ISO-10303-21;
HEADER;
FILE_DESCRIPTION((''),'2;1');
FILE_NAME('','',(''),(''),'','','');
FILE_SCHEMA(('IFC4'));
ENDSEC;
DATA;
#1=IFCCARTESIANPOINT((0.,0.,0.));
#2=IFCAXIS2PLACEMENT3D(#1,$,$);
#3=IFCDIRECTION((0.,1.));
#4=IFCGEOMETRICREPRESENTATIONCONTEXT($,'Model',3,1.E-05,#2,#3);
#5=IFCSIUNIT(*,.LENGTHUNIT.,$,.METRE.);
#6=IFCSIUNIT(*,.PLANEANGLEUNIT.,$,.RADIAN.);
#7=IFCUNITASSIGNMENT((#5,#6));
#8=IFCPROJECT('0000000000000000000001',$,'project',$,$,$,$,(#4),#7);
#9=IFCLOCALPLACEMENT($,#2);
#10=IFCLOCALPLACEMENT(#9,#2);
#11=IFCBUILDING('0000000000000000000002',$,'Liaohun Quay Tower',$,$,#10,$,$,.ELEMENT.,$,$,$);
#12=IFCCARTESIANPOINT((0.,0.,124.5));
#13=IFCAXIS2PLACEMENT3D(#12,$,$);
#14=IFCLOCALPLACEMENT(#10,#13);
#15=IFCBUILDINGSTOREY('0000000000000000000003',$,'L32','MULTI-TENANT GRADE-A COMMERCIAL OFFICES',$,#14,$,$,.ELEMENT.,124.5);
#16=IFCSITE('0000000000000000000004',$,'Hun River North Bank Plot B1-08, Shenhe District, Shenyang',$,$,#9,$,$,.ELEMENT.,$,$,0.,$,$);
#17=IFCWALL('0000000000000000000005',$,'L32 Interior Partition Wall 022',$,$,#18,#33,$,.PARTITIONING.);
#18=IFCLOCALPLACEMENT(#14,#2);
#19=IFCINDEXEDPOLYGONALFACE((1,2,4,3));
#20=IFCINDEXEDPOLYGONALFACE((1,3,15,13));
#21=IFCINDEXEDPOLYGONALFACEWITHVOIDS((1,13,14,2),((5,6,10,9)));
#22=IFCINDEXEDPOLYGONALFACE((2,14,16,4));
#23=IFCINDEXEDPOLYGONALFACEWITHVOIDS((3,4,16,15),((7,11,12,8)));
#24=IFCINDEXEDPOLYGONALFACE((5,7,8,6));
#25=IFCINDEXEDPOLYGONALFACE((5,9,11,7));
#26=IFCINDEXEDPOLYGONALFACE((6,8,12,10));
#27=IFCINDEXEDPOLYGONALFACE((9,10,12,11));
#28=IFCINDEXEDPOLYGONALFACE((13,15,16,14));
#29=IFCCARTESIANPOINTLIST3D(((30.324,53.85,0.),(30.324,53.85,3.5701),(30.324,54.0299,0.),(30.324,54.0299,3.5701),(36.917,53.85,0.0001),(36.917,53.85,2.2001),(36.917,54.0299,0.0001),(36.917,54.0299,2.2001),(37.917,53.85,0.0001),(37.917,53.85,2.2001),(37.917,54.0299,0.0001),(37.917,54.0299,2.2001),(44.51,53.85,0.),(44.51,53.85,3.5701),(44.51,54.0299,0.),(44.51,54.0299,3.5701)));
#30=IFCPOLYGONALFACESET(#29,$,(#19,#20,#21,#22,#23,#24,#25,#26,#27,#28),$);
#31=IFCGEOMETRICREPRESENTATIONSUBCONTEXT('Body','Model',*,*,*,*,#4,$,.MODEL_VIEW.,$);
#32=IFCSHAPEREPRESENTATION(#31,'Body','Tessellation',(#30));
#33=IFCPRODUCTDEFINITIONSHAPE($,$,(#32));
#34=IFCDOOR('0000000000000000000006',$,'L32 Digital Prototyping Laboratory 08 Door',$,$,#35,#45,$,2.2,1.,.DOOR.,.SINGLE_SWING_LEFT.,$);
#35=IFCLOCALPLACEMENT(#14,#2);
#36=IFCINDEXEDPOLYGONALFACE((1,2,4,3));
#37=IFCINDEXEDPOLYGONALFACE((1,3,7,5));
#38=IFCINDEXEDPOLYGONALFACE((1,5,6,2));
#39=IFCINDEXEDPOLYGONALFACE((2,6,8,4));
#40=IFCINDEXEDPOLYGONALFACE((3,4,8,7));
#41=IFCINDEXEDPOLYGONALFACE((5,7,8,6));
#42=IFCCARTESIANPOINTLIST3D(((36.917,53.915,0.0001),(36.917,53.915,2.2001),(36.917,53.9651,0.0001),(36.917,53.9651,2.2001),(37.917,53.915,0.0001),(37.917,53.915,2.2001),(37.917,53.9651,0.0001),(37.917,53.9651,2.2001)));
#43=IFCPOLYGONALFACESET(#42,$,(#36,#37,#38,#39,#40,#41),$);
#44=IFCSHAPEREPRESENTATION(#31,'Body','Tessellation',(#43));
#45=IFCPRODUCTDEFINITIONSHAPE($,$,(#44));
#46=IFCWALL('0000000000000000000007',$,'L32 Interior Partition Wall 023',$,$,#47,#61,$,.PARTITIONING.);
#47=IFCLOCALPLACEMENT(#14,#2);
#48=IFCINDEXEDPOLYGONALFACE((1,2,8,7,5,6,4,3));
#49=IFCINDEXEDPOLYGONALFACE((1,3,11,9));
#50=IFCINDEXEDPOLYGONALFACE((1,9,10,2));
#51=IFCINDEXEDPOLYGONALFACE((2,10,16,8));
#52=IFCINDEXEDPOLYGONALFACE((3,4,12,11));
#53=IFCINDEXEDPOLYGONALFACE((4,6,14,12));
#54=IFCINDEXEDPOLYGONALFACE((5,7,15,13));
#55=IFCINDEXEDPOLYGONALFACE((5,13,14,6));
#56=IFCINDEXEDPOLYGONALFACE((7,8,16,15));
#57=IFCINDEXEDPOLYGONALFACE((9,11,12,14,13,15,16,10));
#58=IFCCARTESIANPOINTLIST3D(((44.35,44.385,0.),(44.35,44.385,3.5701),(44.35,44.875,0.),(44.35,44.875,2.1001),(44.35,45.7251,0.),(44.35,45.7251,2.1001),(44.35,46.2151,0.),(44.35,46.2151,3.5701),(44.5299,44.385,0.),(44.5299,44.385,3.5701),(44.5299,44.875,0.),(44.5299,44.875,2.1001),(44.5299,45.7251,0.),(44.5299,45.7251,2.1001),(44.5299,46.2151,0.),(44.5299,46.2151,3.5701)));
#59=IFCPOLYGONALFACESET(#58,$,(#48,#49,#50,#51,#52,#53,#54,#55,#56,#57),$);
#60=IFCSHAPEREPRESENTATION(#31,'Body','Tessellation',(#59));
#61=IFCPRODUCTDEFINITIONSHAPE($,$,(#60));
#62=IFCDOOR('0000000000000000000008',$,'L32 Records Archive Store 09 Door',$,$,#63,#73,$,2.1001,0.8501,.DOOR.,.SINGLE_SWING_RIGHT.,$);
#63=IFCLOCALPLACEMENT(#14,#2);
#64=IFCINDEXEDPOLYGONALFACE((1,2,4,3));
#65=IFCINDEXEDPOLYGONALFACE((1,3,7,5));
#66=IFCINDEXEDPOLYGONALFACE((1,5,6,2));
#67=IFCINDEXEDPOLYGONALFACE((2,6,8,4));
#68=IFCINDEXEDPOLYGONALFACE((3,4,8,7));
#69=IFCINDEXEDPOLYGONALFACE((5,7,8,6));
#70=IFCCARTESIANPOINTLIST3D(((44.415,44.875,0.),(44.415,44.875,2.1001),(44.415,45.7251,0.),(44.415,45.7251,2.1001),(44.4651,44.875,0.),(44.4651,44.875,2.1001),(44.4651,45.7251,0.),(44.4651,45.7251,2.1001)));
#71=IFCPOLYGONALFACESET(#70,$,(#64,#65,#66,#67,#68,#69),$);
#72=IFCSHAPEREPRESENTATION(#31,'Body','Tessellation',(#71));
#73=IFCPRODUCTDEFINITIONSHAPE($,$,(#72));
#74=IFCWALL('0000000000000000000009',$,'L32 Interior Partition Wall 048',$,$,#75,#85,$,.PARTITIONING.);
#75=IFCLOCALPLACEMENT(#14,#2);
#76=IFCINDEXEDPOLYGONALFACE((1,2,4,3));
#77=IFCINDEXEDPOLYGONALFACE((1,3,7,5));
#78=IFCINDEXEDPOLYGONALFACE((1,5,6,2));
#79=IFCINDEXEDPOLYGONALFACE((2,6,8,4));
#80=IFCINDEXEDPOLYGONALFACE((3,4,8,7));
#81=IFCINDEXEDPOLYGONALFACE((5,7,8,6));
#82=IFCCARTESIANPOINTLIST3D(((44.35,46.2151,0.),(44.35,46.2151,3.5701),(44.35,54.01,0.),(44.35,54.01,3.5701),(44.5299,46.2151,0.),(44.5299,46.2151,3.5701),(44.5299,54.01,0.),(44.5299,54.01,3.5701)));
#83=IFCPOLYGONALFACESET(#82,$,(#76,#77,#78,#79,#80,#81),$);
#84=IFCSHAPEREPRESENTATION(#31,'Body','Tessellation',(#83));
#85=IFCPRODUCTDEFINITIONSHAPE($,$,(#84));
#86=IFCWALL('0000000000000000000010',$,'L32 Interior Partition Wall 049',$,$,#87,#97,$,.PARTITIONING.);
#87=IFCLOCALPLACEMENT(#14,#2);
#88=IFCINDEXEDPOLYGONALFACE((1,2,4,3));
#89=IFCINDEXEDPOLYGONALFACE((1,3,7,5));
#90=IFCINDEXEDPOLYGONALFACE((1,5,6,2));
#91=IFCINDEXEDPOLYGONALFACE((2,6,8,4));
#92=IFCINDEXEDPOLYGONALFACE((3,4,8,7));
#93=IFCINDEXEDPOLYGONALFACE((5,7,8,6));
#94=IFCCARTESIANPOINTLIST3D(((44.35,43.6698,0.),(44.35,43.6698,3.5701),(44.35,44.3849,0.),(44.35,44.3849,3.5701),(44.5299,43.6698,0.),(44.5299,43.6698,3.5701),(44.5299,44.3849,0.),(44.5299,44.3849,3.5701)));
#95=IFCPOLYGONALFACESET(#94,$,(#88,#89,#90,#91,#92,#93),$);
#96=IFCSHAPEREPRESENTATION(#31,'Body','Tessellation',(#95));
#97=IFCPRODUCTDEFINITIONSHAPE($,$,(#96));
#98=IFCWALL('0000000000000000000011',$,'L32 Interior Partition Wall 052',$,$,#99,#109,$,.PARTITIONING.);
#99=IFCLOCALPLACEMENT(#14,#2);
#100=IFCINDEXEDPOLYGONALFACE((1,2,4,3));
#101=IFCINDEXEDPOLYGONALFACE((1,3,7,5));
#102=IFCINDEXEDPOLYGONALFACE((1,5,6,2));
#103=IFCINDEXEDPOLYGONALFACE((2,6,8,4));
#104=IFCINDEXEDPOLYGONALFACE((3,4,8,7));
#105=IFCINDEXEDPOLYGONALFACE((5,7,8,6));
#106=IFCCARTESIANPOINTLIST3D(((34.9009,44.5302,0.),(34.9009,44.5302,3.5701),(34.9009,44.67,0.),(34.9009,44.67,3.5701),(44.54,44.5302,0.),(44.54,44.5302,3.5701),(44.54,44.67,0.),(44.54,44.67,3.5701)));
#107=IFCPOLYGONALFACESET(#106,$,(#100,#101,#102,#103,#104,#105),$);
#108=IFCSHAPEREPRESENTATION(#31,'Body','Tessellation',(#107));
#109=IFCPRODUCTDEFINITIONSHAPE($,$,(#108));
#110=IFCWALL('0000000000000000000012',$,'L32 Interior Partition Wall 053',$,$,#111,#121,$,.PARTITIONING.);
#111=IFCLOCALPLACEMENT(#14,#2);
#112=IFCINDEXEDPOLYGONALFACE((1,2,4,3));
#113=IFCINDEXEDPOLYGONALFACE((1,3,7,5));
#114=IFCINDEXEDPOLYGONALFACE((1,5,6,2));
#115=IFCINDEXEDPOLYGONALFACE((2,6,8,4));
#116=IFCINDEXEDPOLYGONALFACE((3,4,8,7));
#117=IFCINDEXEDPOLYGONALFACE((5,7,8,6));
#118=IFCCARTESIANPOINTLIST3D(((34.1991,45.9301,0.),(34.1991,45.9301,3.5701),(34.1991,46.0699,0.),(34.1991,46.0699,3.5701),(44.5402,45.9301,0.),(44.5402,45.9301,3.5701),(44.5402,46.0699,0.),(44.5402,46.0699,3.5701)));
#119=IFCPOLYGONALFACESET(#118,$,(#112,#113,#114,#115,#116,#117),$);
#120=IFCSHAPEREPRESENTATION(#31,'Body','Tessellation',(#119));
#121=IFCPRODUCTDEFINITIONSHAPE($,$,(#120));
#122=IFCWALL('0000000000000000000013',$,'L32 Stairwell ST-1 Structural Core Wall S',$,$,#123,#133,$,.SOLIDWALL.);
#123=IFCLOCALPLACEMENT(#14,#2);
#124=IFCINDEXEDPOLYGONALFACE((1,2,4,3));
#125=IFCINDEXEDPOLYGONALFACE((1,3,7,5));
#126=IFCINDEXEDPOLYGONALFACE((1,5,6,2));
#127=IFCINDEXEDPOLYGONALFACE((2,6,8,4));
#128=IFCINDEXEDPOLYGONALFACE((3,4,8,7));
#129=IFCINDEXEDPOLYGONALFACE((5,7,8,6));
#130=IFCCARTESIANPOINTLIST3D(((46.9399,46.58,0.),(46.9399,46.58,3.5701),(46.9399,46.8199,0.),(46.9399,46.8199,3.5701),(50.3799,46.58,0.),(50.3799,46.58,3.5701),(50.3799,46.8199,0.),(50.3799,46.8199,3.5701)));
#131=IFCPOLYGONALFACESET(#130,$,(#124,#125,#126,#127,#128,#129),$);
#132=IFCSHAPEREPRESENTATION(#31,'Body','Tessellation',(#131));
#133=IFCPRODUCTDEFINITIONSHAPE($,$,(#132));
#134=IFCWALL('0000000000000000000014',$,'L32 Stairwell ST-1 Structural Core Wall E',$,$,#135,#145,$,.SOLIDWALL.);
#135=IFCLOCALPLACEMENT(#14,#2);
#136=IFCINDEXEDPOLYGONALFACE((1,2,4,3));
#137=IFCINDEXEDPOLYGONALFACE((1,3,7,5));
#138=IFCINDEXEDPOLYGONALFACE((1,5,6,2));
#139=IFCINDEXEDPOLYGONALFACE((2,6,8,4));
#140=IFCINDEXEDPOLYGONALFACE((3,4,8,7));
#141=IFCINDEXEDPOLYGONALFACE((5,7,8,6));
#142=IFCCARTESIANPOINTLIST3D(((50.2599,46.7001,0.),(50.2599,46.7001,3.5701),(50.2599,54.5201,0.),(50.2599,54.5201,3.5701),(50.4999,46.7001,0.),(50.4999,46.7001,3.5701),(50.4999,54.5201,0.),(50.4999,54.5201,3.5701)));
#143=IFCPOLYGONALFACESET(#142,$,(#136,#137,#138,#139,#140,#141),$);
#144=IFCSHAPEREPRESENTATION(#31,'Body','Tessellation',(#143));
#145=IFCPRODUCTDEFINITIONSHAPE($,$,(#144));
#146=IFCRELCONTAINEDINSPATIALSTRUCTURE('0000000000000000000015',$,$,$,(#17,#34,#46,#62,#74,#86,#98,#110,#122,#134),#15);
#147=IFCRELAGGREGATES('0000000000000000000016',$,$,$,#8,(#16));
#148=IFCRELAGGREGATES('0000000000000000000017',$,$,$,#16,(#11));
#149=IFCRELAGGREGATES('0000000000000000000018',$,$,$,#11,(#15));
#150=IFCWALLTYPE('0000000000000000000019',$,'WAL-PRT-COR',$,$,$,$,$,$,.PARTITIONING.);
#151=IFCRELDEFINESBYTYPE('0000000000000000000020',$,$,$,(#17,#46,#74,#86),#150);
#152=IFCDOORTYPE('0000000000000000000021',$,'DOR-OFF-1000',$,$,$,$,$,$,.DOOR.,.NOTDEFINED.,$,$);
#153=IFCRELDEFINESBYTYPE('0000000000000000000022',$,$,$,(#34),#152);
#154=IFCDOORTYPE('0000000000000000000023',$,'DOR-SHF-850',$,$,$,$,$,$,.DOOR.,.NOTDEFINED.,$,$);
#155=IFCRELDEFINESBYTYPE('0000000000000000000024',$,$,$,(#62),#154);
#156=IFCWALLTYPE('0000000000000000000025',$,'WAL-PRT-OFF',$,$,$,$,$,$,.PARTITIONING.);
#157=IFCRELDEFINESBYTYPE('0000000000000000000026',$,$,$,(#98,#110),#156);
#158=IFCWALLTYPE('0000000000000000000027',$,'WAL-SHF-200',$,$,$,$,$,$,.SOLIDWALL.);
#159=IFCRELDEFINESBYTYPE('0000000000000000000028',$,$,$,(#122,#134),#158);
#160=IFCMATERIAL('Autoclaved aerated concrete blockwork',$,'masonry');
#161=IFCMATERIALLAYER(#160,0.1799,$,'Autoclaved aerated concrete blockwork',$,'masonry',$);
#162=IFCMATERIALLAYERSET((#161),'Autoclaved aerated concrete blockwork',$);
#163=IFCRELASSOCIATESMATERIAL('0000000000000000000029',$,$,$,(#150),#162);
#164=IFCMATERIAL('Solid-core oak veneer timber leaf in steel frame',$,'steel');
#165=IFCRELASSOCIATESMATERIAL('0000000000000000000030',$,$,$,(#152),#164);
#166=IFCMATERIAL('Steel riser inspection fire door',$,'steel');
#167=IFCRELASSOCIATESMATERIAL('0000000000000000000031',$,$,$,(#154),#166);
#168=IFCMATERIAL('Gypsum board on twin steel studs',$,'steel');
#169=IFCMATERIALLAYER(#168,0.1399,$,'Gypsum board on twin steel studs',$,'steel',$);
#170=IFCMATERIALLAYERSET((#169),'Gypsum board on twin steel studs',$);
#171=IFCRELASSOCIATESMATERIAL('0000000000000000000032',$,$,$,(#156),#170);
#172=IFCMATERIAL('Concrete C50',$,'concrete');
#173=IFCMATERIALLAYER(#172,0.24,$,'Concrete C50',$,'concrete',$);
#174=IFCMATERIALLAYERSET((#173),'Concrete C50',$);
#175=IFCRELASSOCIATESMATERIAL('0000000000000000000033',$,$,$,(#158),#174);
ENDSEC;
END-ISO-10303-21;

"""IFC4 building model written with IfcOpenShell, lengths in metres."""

from ifc_helpers import new_model, si_unit, direction, frame, frame_2d, origin, place, context, subcontext, project, spatial, rectangle, extrude, source, transform, mapped, material, layer, layer_set, type_object, element, fill, save


model = new_model("IFC4")

# Units and contexts
model_context = context("Model", 3, precision=1e-05, world=origin(), true_north=direction((0.0, 1.0)))
body_context = subcontext(model_context, "Body", "Model", "MODEL_VIEW")
ifc_project = project(units=[si_unit("LENGTHUNIT", "METRE"), si_unit("PLANEANGLEUNIT", "RADIAN")], contexts=[model_context])

# Site, building, storey
site_placement = place(None, origin())
site = spatial("IfcSite", under=ifc_project, at=site_placement, Name="Hun River North Bank Plot B1-08, Shenhe District, Shenyang", CompositionType="ELEMENT", RefElevation=0.0)
building_placement = place(site_placement, origin())
building = spatial("IfcBuilding", under=site, at=building_placement, Name="Liaohun Quay Tower", CompositionType="ELEMENT")
storey_placement = place(building_placement, frame((0.0, 0.0, 124.5)))
storey = spatial("IfcBuildingStorey", under=building, at=storey_placement, Name="L32", Description="MULTI-TENANT GRADE-A COMMERCIAL OFFICES", CompositionType="ELEMENT", Elevation=124.5)

# Walls, openings, doors
ifc_material_1 = material(Name="Autoclaved aerated concrete blockwork", Category="masonry")
ifc_layer_1 = layer(ifc_material_1, 0.1799, Name="Autoclaved aerated concrete blockwork", Category="masonry")
ifc_layer_set_1 = layer_set([ifc_layer_1], Name="Autoclaved aerated concrete blockwork")
wall_type_1 = type_object("IfcWallType", Name="WAL-PRT-COR", PredefinedType="PARTITIONING", material=ifc_layer_set_1)
wall_1_placement = place(storey_placement, frame((44.51, 53.9399, 0.0), z_axis=(0.0, 0.0, 1.0), x_axis=(-1.0, 0.0, 0.0)))
wall_1 = element("IfcWall", 1, at=wall_1_placement, inside=storey, type_object=wall_type_1, Name="L32 Interior Partition Wall 022", PredefinedType="PARTITIONING", context=body_context, shape_type="SweptSolid", body=[
    extrude(rectangle(XDim=14.186, YDim=0.1799, at=frame_2d((7.093, 0.0))), origin(), (0.0, 0.0, 1.0), 3.5701),
])
shared_shape_1 = source(origin(), body_context, "Body", "SweptSolid", [
    extrude(rectangle(XDim=1.0, YDim=2.2, at=frame_2d((0.5, 1.1001))), frame((0.0, 0.0999, 0.0), z_axis=(0.0, -1.0, 0.0), x_axis=(1.0, 0.0, 0.0)), (0.0, 0.0, 1.0), 0.2),
])
opening_1_placement = place(wall_1_placement, frame((6.593, 0.0, 0.0)))
opening_1 = element("IfcOpeningElement", 2, at=opening_1_placement, cuts=wall_1, PredefinedType="OPENING", context=body_context, shape_type="MappedRepresentation", body=[
    mapped(shared_shape_1, transform((0.0, 0.0, 0.0), x_axis=(1.0, 0.0, 0.0), y_axis=(0.0, 1.0, 0.0), z_axis=(0.0, 0.0, 1.0), scale=1.0)),
])
ifc_material_2 = material(Name="Solid-core oak veneer timber leaf in steel frame", Category="steel")
door_type_1 = type_object("IfcDoorType", Name="DOR-OFF-1000", OperationType="NOTDEFINED", PredefinedType="DOOR", material=ifc_material_2)
shared_shape_2 = source(origin(), body_context, "Body", "SweptSolid", [
    extrude(rectangle(XDim=1.0, YDim=2.2, at=frame_2d((0.5, 1.1001))), frame((0.0, 0.0249, 0.0), z_axis=(0.0, -1.0, 0.0), x_axis=(1.0, 0.0, 0.0)), (0.0, 0.0, 1.0), 0.05),
])
door_1_placement = place(opening_1_placement, origin())
door_1 = element("IfcDoor", 3, at=door_1_placement, inside=storey, type_object=door_type_1, Name="L32 Digital Prototyping Laboratory 08 Door", OperationType="SINGLE_SWING_LEFT", OverallHeight=2.2, OverallWidth=1.0, PredefinedType="DOOR", context=body_context, shape_type="MappedRepresentation", body=[
    mapped(shared_shape_2, transform((0.0, 0.0, 0.0), x_axis=(1.0, 0.0, 0.0), y_axis=(0.0, 1.0, 0.0), z_axis=(0.0, 0.0, 1.0), scale=1.0)),
])
fill(opening_1, door_1)
wall_2_placement = place(storey_placement, frame((44.4399, 44.385, 0.0), z_axis=(0.0, 0.0, 1.0), x_axis=(0.0, 1.0, 0.0)))
wall_2 = element("IfcWall", 4, at=wall_2_placement, inside=storey, type_object=wall_type_1, Name="L32 Interior Partition Wall 023", PredefinedType="PARTITIONING", context=body_context, shape_type="SweptSolid", body=[
    extrude(rectangle(XDim=1.8301, YDim=0.1799, at=frame_2d((0.915, 0.0))), origin(), (0.0, 0.0, 1.0), 3.5701),
])
shared_shape_3 = source(origin(), body_context, "Body", "SweptSolid", [
    extrude(rectangle(XDim=0.8501, YDim=2.1001, at=frame_2d((0.425, 1.05))), frame((0.0, 0.0999, 0.0), z_axis=(0.0, -1.0, 0.0), x_axis=(1.0, 0.0, 0.0)), (0.0, 0.0, 1.0), 0.2),
])
opening_2_placement = place(wall_2_placement, frame((0.49, 0.0, 0.0)))
opening_2 = element("IfcOpeningElement", 5, at=opening_2_placement, cuts=wall_2, PredefinedType="OPENING", context=body_context, shape_type="MappedRepresentation", body=[
    mapped(shared_shape_3, transform((0.0, 0.0, 0.0), x_axis=(1.0, 0.0, 0.0), y_axis=(0.0, 1.0, 0.0), z_axis=(0.0, 0.0, 1.0), scale=1.0)),
])
ifc_material_3 = material(Name="Steel riser inspection fire door", Category="steel")
door_type_2 = type_object("IfcDoorType", Name="DOR-SHF-850", OperationType="NOTDEFINED", PredefinedType="DOOR", material=ifc_material_3)
shared_shape_4 = source(origin(), body_context, "Body", "SweptSolid", [
    extrude(rectangle(XDim=0.8501, YDim=2.1001, at=frame_2d((0.425, 1.05))), frame((0.0, 0.0249, 0.0), z_axis=(0.0, -1.0, 0.0), x_axis=(1.0, 0.0, 0.0)), (0.0, 0.0, 1.0), 0.05),
])
door_2_placement = place(opening_2_placement, origin())
door_2 = element("IfcDoor", 6, at=door_2_placement, inside=storey, type_object=door_type_2, Name="L32 Records Archive Store 09 Door", OperationType="SINGLE_SWING_RIGHT", OverallHeight=2.1001, OverallWidth=0.8501, PredefinedType="DOOR", context=body_context, shape_type="MappedRepresentation", body=[
    mapped(shared_shape_4, transform((0.0, 0.0, 0.0), x_axis=(1.0, 0.0, 0.0), y_axis=(0.0, 1.0, 0.0), z_axis=(0.0, 0.0, 1.0), scale=1.0)),
])
fill(opening_2, door_2)

# Walls
wall_3_placement = place(storey_placement, frame((44.4399, 46.2151, 0.0), z_axis=(0.0, 0.0, 1.0), x_axis=(0.0, 1.0, 0.0)))
element("IfcWall", 7, at=wall_3_placement, inside=storey, type_object=wall_type_1, Name="L32 Interior Partition Wall 048", PredefinedType="PARTITIONING", context=body_context, shape_type="SweptSolid", body=[
    extrude(rectangle(XDim=7.7949, YDim=0.1799, at=frame_2d((3.8975, 0.0))), origin(), (0.0, 0.0, 1.0), 3.5701),
])
wall_4_placement = place(storey_placement, frame((44.4399, 43.6699, 0.0), z_axis=(0.0, 0.0, 1.0), x_axis=(0.0, 1.0, 0.0)))
element("IfcWall", 8, at=wall_4_placement, inside=storey, type_object=wall_type_1, Name="L32 Interior Partition Wall 049", PredefinedType="PARTITIONING", context=body_context, shape_type="SweptSolid", body=[
    extrude(rectangle(XDim=0.7151, YDim=0.1799, at=frame_2d((0.3574, 0.0))), origin(), (0.0, 0.0, 1.0), 3.5701),
])
ifc_material_4 = material(Name="Gypsum board on twin steel studs", Category="steel")
ifc_layer_2 = layer(ifc_material_4, 0.1399, Name="Gypsum board on twin steel studs", Category="steel")
ifc_layer_set_2 = layer_set([ifc_layer_2], Name="Gypsum board on twin steel studs")
wall_type_2 = type_object("IfcWallType", Name="WAL-PRT-OFF", PredefinedType="PARTITIONING", material=ifc_layer_set_2)
wall_5_placement = place(storey_placement, frame((44.54, 44.6001, 0.0), z_axis=(0.0, 0.0, 1.0), x_axis=(-1.0, 0.0, 0.0)))
element("IfcWall", 9, at=wall_5_placement, inside=storey, type_object=wall_type_2, Name="L32 Interior Partition Wall 052", PredefinedType="PARTITIONING", context=body_context, shape_type="SweptSolid", body=[
    extrude(rectangle(XDim=9.6392, YDim=0.1399, at=frame_2d((4.8196, 0.0))), origin(), (0.0, 0.0, 1.0), 3.5701),
])
wall_6_placement = place(storey_placement, frame((44.54, 46.0, 0.0), z_axis=(0.0, 0.0, 1.0), x_axis=(-1.0, 0.0, 0.0)))
element("IfcWall", 10, at=wall_6_placement, inside=storey, type_object=wall_type_2, Name="L32 Interior Partition Wall 053", PredefinedType="PARTITIONING", context=body_context, shape_type="SweptSolid", body=[
    extrude(rectangle(XDim=10.3411, YDim=0.1399, at=frame_2d((5.1704, 0.0))), origin(), (0.0, 0.0, 1.0), 3.5701),
])
ifc_material_5 = material(Name="Concrete C50", Category="concrete")
ifc_layer_3 = layer(ifc_material_5, 0.24, Name="Concrete C50", Category="concrete")
ifc_layer_set_3 = layer_set([ifc_layer_3], Name="Concrete C50")
wall_type_3 = type_object("IfcWallType", Name="WAL-SHF-200", PredefinedType="SOLIDWALL", material=ifc_layer_set_3)
wall_7_placement = place(storey_placement, frame((46.9399, 46.7, 0.0), z_axis=(0.0, 0.0, 1.0), x_axis=(1.0, 0.0, 0.0)))
element("IfcWall", 11, at=wall_7_placement, inside=storey, type_object=wall_type_3, Name="L32 Stairwell ST-1 Structural Core Wall S", PredefinedType="SOLIDWALL", context=body_context, shape_type="SweptSolid", body=[
    extrude(rectangle(XDim=3.4399, YDim=0.24, at=frame_2d((1.72, 0.0))), origin(), (0.0, 0.0, 1.0), 3.5701),
])
wall_8_placement = place(storey_placement, frame((50.3799, 46.7, 0.0), z_axis=(0.0, 0.0, 1.0), x_axis=(0.0, 1.0, 0.0)))
element("IfcWall", 12, at=wall_8_placement, inside=storey, type_object=wall_type_3, Name="L32 Stairwell ST-1 Structural Core Wall E", PredefinedType="SOLIDWALL", context=body_context, shape_type="SweptSolid", body=[
    extrude(rectangle(XDim=7.8201, YDim=0.24, at=frame_2d((3.9102, 0.0))), origin(), (0.0, 0.0, 1.0), 3.5701),
])

save(model, "model.ifc")
